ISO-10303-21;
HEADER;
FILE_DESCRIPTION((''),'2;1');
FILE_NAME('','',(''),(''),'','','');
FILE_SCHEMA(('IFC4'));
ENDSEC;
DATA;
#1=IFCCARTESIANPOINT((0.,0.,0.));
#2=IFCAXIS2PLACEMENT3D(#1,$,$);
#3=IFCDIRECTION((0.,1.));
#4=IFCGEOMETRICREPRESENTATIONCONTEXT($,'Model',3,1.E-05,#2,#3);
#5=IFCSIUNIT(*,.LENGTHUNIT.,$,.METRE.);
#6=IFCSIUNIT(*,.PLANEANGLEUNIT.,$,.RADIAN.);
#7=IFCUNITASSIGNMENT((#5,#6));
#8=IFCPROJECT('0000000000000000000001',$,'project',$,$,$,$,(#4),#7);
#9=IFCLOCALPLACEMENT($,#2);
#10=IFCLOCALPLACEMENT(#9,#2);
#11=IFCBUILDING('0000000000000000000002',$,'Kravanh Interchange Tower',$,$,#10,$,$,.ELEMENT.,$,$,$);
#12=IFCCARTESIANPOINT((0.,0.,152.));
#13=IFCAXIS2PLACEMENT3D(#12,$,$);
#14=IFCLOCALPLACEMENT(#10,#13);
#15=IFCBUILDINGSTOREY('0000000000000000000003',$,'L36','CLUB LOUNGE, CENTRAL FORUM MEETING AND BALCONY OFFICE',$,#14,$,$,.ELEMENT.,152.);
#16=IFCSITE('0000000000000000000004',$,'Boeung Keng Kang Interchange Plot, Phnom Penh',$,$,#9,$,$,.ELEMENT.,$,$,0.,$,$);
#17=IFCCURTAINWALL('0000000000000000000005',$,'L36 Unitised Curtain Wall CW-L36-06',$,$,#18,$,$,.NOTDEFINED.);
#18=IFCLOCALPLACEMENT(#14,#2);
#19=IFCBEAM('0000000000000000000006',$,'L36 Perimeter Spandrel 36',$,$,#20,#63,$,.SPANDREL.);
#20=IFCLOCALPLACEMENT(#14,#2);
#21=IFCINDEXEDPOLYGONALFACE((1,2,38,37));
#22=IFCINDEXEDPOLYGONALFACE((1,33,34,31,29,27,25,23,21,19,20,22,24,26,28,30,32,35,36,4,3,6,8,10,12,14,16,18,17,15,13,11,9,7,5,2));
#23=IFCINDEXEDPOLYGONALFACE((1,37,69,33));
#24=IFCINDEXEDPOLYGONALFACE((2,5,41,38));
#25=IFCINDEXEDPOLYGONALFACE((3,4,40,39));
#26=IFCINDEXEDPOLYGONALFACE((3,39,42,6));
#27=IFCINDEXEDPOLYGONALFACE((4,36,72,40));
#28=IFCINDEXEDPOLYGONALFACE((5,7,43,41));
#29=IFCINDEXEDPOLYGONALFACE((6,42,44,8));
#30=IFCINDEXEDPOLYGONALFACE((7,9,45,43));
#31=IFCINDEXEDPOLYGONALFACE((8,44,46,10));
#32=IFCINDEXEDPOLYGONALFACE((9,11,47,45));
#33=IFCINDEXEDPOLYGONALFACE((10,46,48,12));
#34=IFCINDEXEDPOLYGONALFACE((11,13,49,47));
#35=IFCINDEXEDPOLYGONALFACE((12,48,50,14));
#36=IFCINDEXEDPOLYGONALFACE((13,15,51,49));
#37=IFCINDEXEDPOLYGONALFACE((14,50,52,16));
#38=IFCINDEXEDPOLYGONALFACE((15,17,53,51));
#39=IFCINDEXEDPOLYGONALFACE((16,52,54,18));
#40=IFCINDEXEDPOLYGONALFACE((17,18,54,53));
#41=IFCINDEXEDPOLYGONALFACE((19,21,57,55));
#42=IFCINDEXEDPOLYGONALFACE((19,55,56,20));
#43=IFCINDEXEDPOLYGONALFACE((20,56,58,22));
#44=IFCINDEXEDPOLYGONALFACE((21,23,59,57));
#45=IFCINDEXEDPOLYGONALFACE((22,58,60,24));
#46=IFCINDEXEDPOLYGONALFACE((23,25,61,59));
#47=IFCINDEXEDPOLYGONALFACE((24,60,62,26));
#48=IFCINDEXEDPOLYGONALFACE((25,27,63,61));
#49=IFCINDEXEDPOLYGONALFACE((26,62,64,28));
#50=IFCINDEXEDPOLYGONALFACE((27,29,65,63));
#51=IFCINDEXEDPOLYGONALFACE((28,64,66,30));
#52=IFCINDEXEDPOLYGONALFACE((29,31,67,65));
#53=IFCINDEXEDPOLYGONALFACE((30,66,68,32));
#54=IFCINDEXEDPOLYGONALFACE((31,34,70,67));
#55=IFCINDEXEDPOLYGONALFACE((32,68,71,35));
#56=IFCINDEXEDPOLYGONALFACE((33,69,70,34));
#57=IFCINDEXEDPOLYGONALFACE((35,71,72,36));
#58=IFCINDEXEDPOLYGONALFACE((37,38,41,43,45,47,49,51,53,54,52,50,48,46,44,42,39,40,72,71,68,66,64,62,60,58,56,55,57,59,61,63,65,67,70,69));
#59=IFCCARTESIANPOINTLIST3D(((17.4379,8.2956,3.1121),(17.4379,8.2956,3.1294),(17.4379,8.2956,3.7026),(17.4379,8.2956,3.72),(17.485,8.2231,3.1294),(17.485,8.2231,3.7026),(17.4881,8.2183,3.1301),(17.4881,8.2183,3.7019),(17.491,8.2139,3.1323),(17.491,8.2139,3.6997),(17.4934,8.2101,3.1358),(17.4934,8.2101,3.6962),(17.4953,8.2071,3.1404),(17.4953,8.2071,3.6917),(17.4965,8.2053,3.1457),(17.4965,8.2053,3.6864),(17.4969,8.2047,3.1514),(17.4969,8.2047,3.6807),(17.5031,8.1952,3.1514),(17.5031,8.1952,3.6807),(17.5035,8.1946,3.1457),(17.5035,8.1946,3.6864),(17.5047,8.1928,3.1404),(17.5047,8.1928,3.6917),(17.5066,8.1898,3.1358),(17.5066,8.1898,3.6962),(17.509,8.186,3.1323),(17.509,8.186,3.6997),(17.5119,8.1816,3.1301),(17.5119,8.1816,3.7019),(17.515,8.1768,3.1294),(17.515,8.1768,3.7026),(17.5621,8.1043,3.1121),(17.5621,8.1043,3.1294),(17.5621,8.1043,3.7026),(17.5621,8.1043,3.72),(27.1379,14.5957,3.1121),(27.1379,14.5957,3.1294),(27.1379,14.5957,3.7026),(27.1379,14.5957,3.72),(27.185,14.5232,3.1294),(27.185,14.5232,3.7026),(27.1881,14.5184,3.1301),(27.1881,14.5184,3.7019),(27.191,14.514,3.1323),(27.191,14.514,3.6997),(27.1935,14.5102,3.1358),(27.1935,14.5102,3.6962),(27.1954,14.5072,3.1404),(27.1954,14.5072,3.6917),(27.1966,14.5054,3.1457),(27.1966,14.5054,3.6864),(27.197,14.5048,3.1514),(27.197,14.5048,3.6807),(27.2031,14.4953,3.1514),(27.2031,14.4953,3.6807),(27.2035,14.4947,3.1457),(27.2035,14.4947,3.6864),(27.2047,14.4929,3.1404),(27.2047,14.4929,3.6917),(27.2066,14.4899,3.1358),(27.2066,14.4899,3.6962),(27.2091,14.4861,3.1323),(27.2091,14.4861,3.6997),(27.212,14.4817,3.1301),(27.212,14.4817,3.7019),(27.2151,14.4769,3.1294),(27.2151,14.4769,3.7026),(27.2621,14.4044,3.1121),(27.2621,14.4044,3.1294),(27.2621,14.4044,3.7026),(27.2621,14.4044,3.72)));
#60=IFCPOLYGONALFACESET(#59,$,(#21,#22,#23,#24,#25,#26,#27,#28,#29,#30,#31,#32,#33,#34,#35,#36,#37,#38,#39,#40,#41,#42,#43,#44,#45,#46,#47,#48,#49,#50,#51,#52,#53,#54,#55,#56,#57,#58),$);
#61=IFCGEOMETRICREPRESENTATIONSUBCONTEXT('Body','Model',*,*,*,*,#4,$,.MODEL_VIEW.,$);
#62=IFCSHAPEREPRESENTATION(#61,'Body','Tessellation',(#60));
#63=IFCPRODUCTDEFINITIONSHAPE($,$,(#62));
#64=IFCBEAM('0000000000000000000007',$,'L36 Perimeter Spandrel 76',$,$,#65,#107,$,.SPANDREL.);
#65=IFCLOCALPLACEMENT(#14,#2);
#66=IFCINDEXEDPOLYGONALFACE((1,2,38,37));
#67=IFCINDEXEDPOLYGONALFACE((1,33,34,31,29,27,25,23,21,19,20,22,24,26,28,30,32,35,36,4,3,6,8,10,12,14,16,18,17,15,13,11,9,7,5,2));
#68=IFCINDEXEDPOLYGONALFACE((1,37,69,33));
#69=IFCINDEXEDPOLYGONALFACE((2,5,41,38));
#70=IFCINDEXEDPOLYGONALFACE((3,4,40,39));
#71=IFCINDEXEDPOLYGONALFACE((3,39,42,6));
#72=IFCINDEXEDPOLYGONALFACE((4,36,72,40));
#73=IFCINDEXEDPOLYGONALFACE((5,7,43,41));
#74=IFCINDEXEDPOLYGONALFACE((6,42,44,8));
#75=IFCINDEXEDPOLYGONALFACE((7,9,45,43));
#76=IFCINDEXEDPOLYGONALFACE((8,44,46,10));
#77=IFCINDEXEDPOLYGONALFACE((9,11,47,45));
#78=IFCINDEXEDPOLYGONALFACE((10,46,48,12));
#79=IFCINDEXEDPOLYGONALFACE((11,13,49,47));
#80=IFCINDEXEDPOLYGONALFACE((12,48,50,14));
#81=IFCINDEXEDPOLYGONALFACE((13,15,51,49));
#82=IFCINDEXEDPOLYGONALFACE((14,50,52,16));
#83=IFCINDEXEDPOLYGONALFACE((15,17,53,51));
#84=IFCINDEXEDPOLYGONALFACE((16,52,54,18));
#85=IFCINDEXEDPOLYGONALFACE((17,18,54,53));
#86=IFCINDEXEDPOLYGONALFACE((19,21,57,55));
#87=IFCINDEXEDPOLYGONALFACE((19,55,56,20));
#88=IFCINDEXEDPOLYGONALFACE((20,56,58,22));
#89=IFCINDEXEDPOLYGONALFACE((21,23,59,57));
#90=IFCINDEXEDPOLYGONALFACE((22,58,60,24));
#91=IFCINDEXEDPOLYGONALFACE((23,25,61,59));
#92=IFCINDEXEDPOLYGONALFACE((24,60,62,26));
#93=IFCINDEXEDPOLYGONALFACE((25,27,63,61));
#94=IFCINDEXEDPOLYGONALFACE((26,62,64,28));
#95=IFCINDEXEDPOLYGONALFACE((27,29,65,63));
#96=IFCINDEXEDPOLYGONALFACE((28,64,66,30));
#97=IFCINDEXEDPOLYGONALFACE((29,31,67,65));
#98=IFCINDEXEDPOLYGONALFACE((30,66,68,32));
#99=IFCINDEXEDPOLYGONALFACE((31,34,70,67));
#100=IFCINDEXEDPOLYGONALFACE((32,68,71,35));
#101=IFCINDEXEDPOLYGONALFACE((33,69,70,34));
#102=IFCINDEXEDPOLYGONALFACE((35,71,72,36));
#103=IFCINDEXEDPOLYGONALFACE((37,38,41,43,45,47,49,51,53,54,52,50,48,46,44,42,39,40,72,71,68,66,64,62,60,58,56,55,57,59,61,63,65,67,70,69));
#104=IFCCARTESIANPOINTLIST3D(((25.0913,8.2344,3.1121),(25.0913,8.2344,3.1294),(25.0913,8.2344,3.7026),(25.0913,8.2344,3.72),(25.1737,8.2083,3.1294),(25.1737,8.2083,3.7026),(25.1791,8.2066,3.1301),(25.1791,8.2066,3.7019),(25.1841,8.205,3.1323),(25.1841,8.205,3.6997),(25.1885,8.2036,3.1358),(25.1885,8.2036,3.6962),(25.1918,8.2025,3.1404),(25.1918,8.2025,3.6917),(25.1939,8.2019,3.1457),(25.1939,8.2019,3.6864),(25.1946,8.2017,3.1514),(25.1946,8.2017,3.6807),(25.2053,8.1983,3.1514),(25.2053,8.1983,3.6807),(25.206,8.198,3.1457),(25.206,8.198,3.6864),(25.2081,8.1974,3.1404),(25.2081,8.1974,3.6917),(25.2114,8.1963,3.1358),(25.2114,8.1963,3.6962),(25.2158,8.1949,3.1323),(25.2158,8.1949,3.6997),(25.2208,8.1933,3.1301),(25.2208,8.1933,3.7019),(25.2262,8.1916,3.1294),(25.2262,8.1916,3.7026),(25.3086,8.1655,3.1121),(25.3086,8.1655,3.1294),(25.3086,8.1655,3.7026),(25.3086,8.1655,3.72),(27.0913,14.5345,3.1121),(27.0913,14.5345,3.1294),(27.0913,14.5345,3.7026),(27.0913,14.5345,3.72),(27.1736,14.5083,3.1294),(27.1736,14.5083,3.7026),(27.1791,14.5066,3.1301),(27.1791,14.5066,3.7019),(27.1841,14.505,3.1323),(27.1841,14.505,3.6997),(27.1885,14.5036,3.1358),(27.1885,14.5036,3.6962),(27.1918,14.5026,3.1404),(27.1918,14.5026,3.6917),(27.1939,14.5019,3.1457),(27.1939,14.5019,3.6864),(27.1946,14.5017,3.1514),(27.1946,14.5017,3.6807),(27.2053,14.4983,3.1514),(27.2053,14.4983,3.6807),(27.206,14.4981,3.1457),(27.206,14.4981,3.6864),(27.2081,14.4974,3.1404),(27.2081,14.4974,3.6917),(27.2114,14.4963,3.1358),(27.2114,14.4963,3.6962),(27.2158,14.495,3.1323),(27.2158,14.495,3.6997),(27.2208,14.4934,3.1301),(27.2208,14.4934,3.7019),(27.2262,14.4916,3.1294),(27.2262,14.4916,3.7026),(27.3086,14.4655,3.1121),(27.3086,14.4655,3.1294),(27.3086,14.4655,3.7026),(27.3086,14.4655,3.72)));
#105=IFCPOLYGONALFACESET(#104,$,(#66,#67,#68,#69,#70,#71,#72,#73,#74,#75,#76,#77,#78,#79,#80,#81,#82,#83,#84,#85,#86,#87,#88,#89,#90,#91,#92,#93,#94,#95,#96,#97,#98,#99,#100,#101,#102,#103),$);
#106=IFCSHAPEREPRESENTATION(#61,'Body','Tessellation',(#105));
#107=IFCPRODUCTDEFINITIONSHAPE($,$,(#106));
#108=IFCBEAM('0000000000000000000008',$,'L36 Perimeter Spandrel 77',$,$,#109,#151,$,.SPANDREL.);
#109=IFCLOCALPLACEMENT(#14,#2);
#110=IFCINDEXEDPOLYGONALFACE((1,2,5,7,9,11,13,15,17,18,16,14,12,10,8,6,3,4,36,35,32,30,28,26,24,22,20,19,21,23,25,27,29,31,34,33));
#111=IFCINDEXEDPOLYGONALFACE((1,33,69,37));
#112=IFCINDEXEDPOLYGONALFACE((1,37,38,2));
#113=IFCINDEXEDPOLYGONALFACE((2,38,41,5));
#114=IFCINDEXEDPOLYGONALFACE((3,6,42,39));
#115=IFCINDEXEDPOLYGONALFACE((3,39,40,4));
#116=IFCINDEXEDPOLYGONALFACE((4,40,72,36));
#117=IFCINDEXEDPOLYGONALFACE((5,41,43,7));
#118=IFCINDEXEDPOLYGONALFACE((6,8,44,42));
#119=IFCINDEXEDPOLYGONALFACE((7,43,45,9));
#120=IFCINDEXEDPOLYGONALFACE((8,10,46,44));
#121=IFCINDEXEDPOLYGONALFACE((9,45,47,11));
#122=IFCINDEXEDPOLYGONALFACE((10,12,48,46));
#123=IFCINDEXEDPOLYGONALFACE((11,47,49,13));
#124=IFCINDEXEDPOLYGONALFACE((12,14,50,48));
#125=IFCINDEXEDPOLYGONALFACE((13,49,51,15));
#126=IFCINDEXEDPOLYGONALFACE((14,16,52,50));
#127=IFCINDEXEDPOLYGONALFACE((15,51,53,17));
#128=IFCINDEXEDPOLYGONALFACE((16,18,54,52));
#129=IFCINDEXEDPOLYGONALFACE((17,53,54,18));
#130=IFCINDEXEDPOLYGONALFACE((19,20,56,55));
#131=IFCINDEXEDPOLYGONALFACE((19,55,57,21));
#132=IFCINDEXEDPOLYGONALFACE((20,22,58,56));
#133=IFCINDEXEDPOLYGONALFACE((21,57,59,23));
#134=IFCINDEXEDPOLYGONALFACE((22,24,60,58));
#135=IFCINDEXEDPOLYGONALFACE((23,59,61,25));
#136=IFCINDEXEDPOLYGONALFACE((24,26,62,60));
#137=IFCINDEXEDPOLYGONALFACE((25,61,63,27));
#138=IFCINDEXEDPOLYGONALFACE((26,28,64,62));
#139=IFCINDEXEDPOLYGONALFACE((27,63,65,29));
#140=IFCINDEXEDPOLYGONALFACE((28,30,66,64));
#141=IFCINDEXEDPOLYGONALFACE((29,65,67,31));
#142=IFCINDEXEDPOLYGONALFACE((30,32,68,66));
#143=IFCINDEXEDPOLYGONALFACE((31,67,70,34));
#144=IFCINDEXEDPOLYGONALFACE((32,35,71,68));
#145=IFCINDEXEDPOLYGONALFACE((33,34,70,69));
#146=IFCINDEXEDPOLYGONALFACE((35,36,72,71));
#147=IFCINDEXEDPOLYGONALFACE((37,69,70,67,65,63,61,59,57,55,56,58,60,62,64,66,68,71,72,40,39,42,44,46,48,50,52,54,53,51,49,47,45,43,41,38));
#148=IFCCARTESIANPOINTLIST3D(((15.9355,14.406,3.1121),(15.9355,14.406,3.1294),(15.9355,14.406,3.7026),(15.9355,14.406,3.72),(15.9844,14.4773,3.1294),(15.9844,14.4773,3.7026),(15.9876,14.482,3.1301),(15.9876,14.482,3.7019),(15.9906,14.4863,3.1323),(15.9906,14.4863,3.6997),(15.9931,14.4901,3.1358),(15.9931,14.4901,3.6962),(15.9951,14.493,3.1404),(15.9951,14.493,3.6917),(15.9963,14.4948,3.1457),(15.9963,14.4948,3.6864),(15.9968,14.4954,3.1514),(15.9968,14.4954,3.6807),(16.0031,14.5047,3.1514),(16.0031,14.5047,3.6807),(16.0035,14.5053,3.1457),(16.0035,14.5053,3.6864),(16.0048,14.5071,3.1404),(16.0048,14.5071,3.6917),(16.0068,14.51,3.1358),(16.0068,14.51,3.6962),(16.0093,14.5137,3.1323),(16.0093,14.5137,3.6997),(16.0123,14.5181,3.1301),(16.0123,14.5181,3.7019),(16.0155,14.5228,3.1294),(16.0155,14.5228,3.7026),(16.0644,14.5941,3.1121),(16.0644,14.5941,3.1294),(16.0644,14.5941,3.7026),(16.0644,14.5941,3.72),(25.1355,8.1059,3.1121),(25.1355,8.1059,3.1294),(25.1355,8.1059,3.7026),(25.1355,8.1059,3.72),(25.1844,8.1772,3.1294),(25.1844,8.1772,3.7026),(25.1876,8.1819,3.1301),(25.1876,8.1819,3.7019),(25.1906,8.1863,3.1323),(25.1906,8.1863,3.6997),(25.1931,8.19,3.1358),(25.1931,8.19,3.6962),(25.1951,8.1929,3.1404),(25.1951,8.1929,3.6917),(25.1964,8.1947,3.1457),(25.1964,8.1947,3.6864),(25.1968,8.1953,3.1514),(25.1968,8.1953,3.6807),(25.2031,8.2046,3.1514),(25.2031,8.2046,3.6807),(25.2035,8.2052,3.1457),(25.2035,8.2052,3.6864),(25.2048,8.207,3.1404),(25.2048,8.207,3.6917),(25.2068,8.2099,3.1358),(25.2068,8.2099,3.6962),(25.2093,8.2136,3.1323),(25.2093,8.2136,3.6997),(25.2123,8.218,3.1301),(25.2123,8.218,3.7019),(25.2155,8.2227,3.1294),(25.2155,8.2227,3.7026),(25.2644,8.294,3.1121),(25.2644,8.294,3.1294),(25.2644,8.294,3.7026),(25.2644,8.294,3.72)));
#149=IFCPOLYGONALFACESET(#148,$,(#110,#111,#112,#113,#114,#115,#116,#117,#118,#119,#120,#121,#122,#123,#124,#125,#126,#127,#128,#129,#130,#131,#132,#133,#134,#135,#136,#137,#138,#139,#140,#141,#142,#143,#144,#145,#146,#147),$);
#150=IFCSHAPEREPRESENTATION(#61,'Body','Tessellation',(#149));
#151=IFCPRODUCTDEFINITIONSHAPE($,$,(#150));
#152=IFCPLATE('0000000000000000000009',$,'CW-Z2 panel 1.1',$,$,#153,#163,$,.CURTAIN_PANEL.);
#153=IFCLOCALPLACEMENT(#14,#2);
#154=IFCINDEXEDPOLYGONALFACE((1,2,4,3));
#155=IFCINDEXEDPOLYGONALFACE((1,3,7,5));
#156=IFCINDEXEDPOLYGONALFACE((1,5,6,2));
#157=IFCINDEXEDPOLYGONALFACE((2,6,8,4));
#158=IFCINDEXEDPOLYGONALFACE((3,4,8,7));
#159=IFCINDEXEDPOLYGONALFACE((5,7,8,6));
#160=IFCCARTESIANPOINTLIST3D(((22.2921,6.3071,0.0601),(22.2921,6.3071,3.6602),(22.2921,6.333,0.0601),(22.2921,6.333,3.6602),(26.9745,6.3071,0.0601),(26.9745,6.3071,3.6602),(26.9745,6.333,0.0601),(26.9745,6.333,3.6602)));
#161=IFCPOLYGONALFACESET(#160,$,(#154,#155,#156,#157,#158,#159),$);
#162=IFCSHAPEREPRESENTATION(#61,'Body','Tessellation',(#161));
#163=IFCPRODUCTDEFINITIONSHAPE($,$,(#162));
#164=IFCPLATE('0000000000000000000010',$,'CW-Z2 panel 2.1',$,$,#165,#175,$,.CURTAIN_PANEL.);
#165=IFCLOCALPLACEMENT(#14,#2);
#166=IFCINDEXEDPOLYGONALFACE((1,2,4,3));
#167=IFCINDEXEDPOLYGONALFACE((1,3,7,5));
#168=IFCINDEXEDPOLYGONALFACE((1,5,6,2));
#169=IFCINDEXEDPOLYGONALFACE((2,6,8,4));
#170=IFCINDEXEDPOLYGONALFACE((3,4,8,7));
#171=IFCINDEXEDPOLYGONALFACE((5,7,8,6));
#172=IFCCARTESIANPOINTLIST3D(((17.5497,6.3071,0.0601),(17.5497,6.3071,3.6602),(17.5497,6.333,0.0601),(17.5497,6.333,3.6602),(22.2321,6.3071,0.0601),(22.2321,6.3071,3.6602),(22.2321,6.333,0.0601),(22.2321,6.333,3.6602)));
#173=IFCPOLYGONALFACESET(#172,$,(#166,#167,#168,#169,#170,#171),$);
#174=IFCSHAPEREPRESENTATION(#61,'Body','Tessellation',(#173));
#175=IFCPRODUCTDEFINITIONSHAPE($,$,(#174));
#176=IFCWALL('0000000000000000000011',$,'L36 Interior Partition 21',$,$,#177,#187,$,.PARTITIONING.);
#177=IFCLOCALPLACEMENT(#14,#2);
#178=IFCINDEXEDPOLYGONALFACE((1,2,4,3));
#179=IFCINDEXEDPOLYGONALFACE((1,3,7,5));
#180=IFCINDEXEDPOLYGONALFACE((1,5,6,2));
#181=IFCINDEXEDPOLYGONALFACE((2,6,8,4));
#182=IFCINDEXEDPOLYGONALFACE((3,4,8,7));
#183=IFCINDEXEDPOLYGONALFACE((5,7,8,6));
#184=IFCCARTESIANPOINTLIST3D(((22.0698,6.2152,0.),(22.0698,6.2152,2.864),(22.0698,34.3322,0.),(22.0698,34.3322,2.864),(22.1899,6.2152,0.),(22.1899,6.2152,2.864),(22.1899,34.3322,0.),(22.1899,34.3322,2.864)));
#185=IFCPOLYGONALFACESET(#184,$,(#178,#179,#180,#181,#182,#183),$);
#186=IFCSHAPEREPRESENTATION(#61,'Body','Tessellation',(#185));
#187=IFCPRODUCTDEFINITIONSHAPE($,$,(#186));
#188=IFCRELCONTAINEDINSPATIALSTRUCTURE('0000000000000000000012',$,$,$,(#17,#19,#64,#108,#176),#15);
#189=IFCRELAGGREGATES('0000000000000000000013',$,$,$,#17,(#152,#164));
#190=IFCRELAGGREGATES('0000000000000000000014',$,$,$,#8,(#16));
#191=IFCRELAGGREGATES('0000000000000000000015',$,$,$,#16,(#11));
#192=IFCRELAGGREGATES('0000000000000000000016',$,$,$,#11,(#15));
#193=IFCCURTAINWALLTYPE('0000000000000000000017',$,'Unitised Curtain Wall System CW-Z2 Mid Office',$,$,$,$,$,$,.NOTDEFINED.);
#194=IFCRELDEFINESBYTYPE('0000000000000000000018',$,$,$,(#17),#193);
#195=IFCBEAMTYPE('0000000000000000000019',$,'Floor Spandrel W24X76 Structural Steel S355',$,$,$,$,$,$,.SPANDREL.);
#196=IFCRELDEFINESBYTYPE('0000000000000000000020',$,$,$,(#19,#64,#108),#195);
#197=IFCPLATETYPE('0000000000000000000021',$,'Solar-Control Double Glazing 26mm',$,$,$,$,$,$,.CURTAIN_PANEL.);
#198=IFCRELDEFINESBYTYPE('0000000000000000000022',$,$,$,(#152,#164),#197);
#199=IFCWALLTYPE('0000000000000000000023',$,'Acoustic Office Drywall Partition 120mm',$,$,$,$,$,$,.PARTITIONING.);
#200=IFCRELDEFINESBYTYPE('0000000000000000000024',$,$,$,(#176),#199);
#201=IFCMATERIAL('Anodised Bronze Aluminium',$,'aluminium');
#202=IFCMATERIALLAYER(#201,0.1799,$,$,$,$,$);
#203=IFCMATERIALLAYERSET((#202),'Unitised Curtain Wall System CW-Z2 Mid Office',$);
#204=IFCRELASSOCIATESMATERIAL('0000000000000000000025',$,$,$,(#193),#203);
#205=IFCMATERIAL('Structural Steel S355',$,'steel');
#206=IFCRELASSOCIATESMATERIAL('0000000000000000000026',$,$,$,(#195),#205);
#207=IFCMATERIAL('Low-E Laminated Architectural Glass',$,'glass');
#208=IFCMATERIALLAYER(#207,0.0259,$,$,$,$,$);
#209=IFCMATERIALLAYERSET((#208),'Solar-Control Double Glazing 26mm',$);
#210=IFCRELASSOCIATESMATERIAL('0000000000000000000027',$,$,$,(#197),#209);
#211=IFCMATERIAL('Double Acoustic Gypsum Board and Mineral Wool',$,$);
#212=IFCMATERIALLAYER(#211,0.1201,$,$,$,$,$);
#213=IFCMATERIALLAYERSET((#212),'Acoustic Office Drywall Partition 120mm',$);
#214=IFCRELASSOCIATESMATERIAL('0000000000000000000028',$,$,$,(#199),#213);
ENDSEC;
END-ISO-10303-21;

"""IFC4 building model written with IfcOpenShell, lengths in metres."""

from ifc_helpers import new_model, si_unit, direction, frame, frame_2d, origin, origin_2d, place, context, subcontext, project, spatial, rectangle, i_section, extrude, material, layer, layer_set, material_profile, profile_set, type_object, element, aggregate, save


model = new_model("IFC4")

# Units and contexts
model_context = context("Model", 3, precision=1e-05, world=origin(), true_north=direction((0.0, 1.0)))
body_context = subcontext(model_context, "Body", "Model", "MODEL_VIEW")
ifc_project = project(units=[si_unit("LENGTHUNIT", "METRE"), si_unit("PLANEANGLEUNIT", "RADIAN")], contexts=[model_context])

# Site, building, storey
site_placement = place(None, origin())
site = spatial("IfcSite", under=ifc_project, at=site_placement, Name="Boeung Keng Kang Interchange Plot, Phnom Penh", CompositionType="ELEMENT", RefElevation=0.0)
building_placement = place(site_placement, origin())
building = spatial("IfcBuilding", under=site, at=building_placement, Name="Kravanh Interchange Tower", CompositionType="ELEMENT")
storey_placement = place(building_placement, frame((0.0, 0.0, 152.0)))
storey = spatial("IfcBuildingStorey", under=building, at=storey_placement, Name="L36", Description="CLUB LOUNGE, CENTRAL FORUM MEETING AND BALCONY OFFICE", CompositionType="ELEMENT", Elevation=152.0)

# Curtain wall
ifc_material_1 = material(Name="Anodised Bronze Aluminium", Category="aluminium")
ifc_layer_1 = layer(ifc_material_1, 0.1799)
ifc_layer_set_1 = layer_set([ifc_layer_1], Name="Unitised Curtain Wall System CW-Z2 Mid Office")
curtain_wall_type = type_object("IfcCurtainWallType", Name="Unitised Curtain Wall System CW-Z2 Mid Office", PredefinedType="NOTDEFINED", material=ifc_layer_set_1)
curtain_wall_placement = place(storey_placement, origin())
curtain_wall = element("IfcCurtainWall", 1, at=curtain_wall_placement, inside=storey, type_object=curtain_wall_type, Name="L36 Unitised Curtain Wall CW-L36-06", PredefinedType="NOTDEFINED")

# Beams
ifc_material_2 = material(Name="Structural Steel S355", Category="steel")
ifc_material_profile_1 = material_profile(ifc_material_2, i_section(OverallWidth=0.228, OverallDepth=0.6079, WebThickness=0.0112, FlangeThickness=0.0173, FilletRadius=0.022, at=origin_2d()), Name="W24X76")
ifc_profile_set_1 = profile_set([ifc_material_profile_1], Name="Structural Steel S355")
beam_type_1 = type_object("IfcBeamType", Name="Floor Spandrel W24X76 Structural Steel S355", PredefinedType="SPANDREL", material=ifc_profile_set_1)
beam_1_placement = place(storey_placement, frame((17.5, 8.2, 3.416), z_axis=(0.838638, 0.544689, 0.0), x_axis=(-0.544689, 0.838638, 0.0)))
element("IfcBeam", 2, at=beam_1_placement, inside=storey, type_object=beam_type_1, Name="L36 Perimeter Spandrel 36", PredefinedType="SPANDREL", context=body_context, shape_type="SweptSolid", body=[
    extrude(i_section(OverallWidth=0.228, OverallDepth=0.6079, WebThickness=0.0112, FlangeThickness=0.0173, FilletRadius=0.022, at=origin_2d()), origin(), (0.0, 0.0, 1.0), 11.5664),
])
beam_2_placement = place(storey_placement, frame((25.2, 8.2, 3.416), z_axis=(0.302577, 0.953125, 0.0), x_axis=(-0.953125, 0.302577, 0.0)))
element("IfcBeam", 3, at=beam_2_placement, inside=storey, type_object=beam_type_1, Name="L36 Perimeter Spandrel 76", PredefinedType="SPANDREL", context=body_context, shape_type="SweptSolid", body=[
    extrude(i_section(OverallWidth=0.228, OverallDepth=0.6079, WebThickness=0.0112, FlangeThickness=0.0173, FilletRadius=0.022, at=origin_2d()), origin(), (0.0, 0.0, 1.0), 6.6099),
])
beam_3_placement = place(storey_placement, frame((25.2, 8.2, 3.416), z_axis=(-0.825084, 0.56501, 0.0), x_axis=(-0.56501, -0.825084, 0.0)))
element("IfcBeam", 4, at=beam_3_placement, inside=storey, type_object=beam_type_1, Name="L36 Perimeter Spandrel 77", PredefinedType="SPANDREL", context=body_context, shape_type="SweptSolid", body=[
    extrude(i_section(OverallWidth=0.228, OverallDepth=0.6079, WebThickness=0.0112, FlangeThickness=0.0173, FilletRadius=0.022, at=origin_2d()), origin(), (0.0, 0.0, 1.0), 11.1504),
])

# Plates
ifc_material_3 = material(Name="Low-E Laminated Architectural Glass", Category="glass")
ifc_layer_2 = layer(ifc_material_3, 0.0259)
ifc_layer_set_2 = layer_set([ifc_layer_2], Name="Solar-Control Double Glazing 26mm")
plate_type = type_object("IfcPlateType", Name="Solar-Control Double Glazing 26mm", PredefinedType="CURTAIN_PANEL", material=ifc_layer_set_2)
plate_1_placement = place(storey_placement, frame((24.6333, 6.3201, 0.0601), z_axis=(0.0, 0.0, 1.0), x_axis=(-1.0, 0.0, 0.0)))
plate_1 = element("IfcPlate", 5, at=plate_1_placement, type_object=plate_type, Name="CW-Z2 panel 1.1", PredefinedType="CURTAIN_PANEL", context=body_context, shape_type="SweptSolid", body=[
    extrude(rectangle(XDim=4.6824, YDim=0.0259, at=origin_2d()), origin(), (0.0, 0.0, 1.0), 3.6001),
])
plate_2_placement = place(storey_placement, frame((19.8909, 6.3201, 0.0601), z_axis=(0.0, 0.0, 1.0), x_axis=(-1.0, 0.0, 0.0)))
plate_2 = element("IfcPlate", 6, at=plate_2_placement, type_object=plate_type, Name="CW-Z2 panel 2.1", PredefinedType="CURTAIN_PANEL", context=body_context, shape_type="SweptSolid", body=[
    extrude(rectangle(XDim=4.6824, YDim=0.0259, at=origin_2d()), origin(), (0.0, 0.0, 1.0), 3.6001),
])
aggregate(curtain_wall, [plate_1, plate_2])

# Wall
ifc_material_4 = material(Name="Double Acoustic Gypsum Board and Mineral Wool")
ifc_layer_3 = layer(ifc_material_4, 0.1201)
ifc_layer_set_3 = layer_set([ifc_layer_3], Name="Acoustic Office Drywall Partition 120mm")
wall_type = type_object("IfcWallType", Name="Acoustic Office Drywall Partition 120mm", PredefinedType="PARTITIONING", material=ifc_layer_set_3)
wall_placement = place(storey_placement, frame((22.1299, 6.2151, 0.0), z_axis=(0.0, 0.0, 1.0), x_axis=(0.0, 1.0, 0.0)))
element("IfcWall", 7, at=wall_placement, inside=storey, type_object=wall_type, Name="L36 Interior Partition 21", PredefinedType="PARTITIONING", context=body_context, shape_type="SweptSolid", body=[
    extrude(rectangle(XDim=28.1169, YDim=0.1201, at=frame_2d((14.0586, 0.0))), origin(), (0.0, 0.0, 1.0), 2.864),
])

save(model, "model.ifc")
